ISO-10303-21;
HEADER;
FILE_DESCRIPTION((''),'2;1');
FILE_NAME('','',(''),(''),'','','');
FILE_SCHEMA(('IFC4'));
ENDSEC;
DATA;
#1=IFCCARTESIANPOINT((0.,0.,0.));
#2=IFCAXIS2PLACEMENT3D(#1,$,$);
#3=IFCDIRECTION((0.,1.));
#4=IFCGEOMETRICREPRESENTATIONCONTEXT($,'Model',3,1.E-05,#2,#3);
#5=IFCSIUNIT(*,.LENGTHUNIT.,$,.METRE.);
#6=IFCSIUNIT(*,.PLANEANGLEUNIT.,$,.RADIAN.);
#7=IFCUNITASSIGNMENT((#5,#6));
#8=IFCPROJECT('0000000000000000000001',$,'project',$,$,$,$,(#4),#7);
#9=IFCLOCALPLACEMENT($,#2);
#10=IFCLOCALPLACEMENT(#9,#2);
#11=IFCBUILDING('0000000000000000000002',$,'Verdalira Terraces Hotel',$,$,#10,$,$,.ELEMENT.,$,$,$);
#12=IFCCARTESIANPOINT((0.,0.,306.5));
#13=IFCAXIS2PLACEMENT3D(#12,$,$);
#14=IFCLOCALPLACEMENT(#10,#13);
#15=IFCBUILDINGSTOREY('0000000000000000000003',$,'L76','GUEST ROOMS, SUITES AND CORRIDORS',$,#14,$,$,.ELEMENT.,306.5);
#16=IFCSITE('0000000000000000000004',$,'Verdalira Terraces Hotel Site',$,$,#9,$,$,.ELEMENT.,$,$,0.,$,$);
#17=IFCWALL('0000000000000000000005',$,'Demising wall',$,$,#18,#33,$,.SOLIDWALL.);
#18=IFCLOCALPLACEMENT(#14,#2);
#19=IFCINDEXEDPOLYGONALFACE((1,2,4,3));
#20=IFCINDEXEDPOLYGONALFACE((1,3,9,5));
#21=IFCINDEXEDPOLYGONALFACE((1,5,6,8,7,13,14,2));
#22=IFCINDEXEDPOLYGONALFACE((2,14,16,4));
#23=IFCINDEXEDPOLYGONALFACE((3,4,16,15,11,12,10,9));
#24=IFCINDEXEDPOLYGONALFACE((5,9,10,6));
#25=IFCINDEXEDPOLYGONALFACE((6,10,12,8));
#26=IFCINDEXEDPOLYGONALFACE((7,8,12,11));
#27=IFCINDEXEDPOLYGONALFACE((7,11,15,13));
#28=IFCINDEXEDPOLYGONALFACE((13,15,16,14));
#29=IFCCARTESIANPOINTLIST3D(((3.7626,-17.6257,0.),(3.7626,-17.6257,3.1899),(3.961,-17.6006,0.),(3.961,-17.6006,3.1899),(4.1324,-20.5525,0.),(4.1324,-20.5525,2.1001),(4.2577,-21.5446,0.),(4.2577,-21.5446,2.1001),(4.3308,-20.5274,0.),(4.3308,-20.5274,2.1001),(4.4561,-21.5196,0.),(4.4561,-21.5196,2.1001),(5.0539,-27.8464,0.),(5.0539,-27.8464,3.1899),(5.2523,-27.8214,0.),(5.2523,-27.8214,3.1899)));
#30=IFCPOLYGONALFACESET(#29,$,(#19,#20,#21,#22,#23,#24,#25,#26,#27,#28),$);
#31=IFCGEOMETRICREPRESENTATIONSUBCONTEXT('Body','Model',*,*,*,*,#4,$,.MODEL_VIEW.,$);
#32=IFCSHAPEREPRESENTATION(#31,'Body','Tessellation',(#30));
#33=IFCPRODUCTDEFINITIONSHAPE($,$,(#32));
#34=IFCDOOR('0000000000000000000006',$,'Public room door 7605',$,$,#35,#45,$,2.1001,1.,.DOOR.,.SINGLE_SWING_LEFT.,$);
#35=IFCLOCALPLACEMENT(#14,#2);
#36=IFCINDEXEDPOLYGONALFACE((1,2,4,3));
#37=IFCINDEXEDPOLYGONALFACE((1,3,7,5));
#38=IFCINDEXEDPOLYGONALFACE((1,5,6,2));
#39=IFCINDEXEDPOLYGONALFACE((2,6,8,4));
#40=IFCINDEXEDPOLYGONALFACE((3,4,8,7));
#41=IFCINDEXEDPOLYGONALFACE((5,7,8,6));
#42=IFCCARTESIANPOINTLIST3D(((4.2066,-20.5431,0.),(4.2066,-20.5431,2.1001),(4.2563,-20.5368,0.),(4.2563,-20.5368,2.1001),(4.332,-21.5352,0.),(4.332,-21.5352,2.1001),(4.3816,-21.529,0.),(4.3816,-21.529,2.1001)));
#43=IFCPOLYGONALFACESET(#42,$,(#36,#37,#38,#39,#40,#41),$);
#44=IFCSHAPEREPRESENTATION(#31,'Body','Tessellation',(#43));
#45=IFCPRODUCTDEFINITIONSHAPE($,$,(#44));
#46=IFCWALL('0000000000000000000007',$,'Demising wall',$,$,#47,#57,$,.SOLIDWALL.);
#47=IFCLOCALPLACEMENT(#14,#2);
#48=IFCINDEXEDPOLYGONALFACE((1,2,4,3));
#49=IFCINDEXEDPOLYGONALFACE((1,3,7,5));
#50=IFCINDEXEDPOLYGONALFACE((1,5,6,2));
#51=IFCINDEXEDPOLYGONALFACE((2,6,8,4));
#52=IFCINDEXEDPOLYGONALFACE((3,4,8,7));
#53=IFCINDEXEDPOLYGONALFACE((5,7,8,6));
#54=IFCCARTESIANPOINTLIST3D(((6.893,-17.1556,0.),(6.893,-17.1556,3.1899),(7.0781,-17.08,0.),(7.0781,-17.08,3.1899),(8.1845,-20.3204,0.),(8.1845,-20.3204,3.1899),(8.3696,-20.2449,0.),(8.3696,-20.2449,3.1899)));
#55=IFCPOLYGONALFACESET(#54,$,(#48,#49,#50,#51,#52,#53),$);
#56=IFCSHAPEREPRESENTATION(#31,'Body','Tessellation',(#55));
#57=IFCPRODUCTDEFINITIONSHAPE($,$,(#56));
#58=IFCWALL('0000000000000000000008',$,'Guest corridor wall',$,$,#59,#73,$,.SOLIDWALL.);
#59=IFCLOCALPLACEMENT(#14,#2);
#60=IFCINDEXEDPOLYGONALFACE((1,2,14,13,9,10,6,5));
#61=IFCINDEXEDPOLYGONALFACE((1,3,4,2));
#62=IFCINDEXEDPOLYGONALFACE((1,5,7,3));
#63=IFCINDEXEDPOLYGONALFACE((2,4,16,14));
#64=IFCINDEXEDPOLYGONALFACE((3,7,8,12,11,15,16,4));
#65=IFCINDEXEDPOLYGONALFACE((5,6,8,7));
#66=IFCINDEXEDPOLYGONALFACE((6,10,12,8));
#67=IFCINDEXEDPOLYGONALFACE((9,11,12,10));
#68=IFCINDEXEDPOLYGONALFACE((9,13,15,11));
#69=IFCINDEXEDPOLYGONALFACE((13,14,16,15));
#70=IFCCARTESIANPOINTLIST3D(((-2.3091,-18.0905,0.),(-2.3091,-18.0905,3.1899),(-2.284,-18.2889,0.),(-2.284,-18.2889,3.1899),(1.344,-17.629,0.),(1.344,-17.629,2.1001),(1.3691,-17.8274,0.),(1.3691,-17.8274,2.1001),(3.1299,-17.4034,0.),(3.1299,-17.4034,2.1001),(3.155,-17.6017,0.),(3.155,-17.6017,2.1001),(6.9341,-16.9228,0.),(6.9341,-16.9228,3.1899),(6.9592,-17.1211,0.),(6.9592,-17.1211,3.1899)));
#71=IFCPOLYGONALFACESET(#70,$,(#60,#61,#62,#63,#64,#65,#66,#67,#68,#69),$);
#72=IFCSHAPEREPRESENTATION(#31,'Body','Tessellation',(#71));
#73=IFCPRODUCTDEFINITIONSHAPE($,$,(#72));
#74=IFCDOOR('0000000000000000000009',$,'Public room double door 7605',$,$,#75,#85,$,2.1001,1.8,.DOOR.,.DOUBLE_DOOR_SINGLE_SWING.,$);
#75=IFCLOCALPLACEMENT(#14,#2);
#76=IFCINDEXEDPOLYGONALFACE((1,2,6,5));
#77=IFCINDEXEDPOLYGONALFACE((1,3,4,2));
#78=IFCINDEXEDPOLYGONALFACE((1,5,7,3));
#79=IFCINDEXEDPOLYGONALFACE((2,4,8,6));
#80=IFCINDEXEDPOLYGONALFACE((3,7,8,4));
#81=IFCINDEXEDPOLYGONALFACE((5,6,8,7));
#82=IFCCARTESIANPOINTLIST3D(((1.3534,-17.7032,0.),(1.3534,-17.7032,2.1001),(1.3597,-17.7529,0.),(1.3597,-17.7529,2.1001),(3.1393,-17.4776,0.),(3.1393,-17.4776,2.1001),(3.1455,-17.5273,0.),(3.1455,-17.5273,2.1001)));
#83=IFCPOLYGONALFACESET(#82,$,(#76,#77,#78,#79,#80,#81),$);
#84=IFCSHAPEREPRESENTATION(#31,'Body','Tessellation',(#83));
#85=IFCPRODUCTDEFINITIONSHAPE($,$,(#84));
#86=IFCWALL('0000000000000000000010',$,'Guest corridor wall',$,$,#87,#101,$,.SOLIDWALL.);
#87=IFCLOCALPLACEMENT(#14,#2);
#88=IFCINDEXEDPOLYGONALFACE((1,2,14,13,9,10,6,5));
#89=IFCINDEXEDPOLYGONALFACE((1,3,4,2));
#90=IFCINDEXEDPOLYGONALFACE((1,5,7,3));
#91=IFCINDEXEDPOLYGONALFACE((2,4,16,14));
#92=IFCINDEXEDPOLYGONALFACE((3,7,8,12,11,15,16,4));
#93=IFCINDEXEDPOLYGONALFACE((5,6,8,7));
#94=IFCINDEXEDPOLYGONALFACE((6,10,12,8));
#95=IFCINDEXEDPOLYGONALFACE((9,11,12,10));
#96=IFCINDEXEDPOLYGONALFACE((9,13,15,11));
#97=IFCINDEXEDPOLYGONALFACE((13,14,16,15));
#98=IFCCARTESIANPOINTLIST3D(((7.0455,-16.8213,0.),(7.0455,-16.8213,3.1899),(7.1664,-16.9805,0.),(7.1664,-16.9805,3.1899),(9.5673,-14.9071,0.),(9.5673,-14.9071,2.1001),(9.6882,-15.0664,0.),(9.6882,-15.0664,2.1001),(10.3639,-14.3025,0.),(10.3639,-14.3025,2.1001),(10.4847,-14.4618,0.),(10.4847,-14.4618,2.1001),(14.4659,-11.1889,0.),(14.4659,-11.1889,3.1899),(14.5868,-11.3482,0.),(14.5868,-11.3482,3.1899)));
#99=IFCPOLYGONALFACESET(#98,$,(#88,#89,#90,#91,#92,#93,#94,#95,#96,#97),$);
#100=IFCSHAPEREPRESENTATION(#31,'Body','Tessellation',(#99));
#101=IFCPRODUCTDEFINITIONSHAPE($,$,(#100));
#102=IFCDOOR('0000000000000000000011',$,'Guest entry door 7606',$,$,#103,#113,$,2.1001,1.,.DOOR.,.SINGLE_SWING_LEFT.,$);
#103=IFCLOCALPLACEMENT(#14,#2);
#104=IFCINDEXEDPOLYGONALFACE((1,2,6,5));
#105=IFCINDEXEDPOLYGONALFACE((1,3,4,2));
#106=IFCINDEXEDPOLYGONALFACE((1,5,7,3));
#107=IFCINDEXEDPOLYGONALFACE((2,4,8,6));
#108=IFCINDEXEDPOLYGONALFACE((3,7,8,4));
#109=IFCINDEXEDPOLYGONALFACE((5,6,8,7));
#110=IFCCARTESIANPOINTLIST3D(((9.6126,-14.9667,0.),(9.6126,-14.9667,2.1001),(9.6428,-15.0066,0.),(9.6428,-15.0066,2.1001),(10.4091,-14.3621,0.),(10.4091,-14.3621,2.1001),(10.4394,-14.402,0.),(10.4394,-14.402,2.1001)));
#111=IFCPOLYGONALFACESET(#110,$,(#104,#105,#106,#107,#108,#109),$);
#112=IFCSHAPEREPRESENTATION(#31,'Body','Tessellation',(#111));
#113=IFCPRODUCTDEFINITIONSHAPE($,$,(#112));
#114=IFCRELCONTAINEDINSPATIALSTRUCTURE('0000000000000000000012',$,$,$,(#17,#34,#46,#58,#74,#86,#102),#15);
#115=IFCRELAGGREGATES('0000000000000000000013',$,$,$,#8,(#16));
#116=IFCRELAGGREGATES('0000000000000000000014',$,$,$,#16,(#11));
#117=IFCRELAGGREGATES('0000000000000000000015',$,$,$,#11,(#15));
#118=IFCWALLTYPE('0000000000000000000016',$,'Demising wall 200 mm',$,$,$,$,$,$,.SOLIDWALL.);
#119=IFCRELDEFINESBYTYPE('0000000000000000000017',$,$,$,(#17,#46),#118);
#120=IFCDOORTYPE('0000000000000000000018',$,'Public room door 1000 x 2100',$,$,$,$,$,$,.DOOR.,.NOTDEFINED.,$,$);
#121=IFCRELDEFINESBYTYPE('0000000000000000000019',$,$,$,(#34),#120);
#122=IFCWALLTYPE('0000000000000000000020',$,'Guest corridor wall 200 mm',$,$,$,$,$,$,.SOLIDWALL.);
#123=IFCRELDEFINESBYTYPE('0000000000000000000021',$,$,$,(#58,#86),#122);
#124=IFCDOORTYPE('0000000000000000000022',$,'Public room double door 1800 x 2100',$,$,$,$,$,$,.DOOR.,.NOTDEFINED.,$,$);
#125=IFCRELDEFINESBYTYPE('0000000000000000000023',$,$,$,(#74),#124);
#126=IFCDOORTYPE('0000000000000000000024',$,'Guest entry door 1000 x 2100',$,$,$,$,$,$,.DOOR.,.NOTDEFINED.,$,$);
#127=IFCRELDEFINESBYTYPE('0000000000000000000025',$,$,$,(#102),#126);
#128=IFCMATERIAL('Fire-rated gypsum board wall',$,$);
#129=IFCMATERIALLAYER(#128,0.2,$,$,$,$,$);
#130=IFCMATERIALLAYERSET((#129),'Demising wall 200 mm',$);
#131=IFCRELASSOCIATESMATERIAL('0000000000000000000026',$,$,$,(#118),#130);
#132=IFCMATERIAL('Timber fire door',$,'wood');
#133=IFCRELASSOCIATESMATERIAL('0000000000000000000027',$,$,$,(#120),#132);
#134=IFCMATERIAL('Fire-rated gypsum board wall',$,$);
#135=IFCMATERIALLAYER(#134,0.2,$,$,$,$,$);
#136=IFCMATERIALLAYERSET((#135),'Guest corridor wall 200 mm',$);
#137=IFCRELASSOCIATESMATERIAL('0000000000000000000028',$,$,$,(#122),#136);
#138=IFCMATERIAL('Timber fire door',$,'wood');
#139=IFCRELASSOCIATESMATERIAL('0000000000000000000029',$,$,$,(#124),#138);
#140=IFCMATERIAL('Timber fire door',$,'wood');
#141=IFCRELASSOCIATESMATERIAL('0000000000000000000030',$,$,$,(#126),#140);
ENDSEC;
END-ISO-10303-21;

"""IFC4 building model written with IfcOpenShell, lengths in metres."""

from ifc_helpers import new_model, si_unit, direction, frame, frame_2d, origin, place, context, subcontext, project, spatial, rectangle, extrude, material, layer, layer_set, type_object, element, fill, save


model = new_model("IFC4")

# Units and contexts
model_context = context("Model", 3, precision=1e-05, world=origin(), true_north=direction((0.0, 1.0)))
body_context = subcontext(model_context, "Body", "Model", "MODEL_VIEW")
ifc_project = project(units=[si_unit("LENGTHUNIT", "METRE"), si_unit("PLANEANGLEUNIT", "RADIAN")], contexts=[model_context])

# Site, building, storey
site_placement = place(None, origin())
site = spatial("IfcSite", under=ifc_project, at=site_placement, Name="Verdalira Terraces Hotel Site", CompositionType="ELEMENT", RefElevation=0.0)
building_placement = place(site_placement, origin())
building = spatial("IfcBuilding", under=site, at=building_placement, Name="Verdalira Terraces Hotel", CompositionType="ELEMENT")
storey_placement = place(building_placement, frame((0.0, 0.0, 306.5)))
storey = spatial("IfcBuildingStorey", under=building, at=storey_placement, Name="L76", Description="GUEST ROOMS, SUITES AND CORRIDORS", CompositionType="ELEMENT", Elevation=306.5)

# Wall, opening, door
ifc_material_1 = material(Name="Fire-rated gypsum board wall")
ifc_layer_1 = layer(ifc_material_1, 0.2)
ifc_layer_set_1 = layer_set([ifc_layer_1], Name="Demising wall 200 mm")
wall_type_1 = type_object("IfcWallType", Name="Demising wall 200 mm", PredefinedType="SOLIDWALL", material=ifc_layer_set_1)
wall_1_placement = place(storey_placement, frame((3.8618, -17.6133, 0.0), z_axis=(0.0, 0.0, 1.0), x_axis=(0.125341, -0.992114, 0.0)))
wall_1 = element("IfcWall", 1, at=wall_1_placement, inside=storey, type_object=wall_type_1, Name="Demising wall", PredefinedType="SOLIDWALL", context=body_context, shape_type="SweptSolid", body=[
    extrude(rectangle(XDim=10.302, YDim=0.2, at=frame_2d((5.1509, 0.0))), origin(), (0.0, 0.0, 1.0), 3.1899),
])
opening_1_placement = place(wall_1_placement, frame((2.95, 0.0, 0.0)))
opening_1 = element("IfcOpeningElement", 2, at=opening_1_placement, cuts=wall_1, PredefinedType="OPENING", context=body_context, shape_type="SweptSolid", body=[
    extrude(rectangle(XDim=1.0, YDim=2.1001, at=frame_2d((0.5, 1.05))), frame((0.0, 0.1099, 0.0), z_axis=(0.0, -1.0, 0.0), x_axis=(1.0, 0.0, 0.0)), (0.0, 0.0, 1.0), 0.22),
])
ifc_material_2 = material(Name="Timber fire door", Category="wood")
door_type_1 = type_object("IfcDoorType", Name="Public room door 1000 x 2100", OperationType="NOTDEFINED", PredefinedType="DOOR", material=ifc_material_2)
door_1_placement = place(opening_1_placement, origin())
door_1 = element("IfcDoor", 3, at=door_1_placement, inside=storey, type_object=door_type_1, Name="Public room door 7605", OperationType="SINGLE_SWING_LEFT", OverallHeight=2.1001, OverallWidth=1.0, PredefinedType="DOOR", context=body_context, shape_type="SweptSolid", body=[
    extrude(rectangle(XDim=1.0, YDim=2.1001, at=frame_2d((0.5, 1.05))), frame((0.0, 0.0249, 0.0), z_axis=(0.0, -1.0, 0.0), x_axis=(1.0, 0.0, 0.0)), (0.0, 0.0, 1.0), 0.05),
])
fill(opening_1, door_1)

# Wall
wall_2_placement = place(storey_placement, frame((6.9856, -17.1179, 0.0), z_axis=(0.0, 0.0, 1.0), x_axis=(0.377835, -0.925873, 0.0)))
element("IfcWall", 4, at=wall_2_placement, inside=storey, type_object=wall_type_1, Name="Demising wall", PredefinedType="SOLIDWALL", context=body_context, shape_type="SweptSolid", body=[
    extrude(rectangle(XDim=3.4182, YDim=0.2, at=frame_2d((1.709, 0.0))), origin(), (0.0, 0.0, 1.0), 3.1899),
])

# Walls, openings, doors
ifc_material_3 = material(Name="Fire-rated gypsum board wall")
ifc_layer_2 = layer(ifc_material_3, 0.2)
ifc_layer_set_2 = layer_set([ifc_layer_2], Name="Guest corridor wall 200 mm")
wall_type_2 = type_object("IfcWallType", Name="Guest corridor wall 200 mm", PredefinedType="SOLIDWALL", material=ifc_layer_set_2)
wall_3_placement = place(storey_placement, frame((6.9465, -17.022, 0.0), z_axis=(0.0, 0.0, 1.0), x_axis=(-0.992114, -0.125338, 0.0)))
wall_3 = element("IfcWall", 5, at=wall_3_placement, inside=storey, type_object=wall_type_2, Name="Guest corridor wall", PredefinedType="SOLIDWALL", context=body_context, shape_type="SweptSolid", body=[
    extrude(rectangle(XDim=9.3166, YDim=0.2, at=frame_2d((4.6582, 0.0))), origin(), (0.0, 0.0, 1.0), 3.1899),
])
opening_2_placement = place(wall_3_placement, frame((3.8345, 0.0, 0.0)))
opening_2 = element("IfcOpeningElement", 6, at=opening_2_placement, cuts=wall_3, PredefinedType="OPENING", context=body_context, shape_type="SweptSolid", body=[
    extrude(rectangle(XDim=1.8, YDim=2.1001, at=frame_2d((0.8999, 1.05))), frame((0.0, 0.1099, 0.0), z_axis=(0.0, -1.0, 0.0), x_axis=(1.0, 0.0, 0.0)), (0.0, 0.0, 1.0), 0.22),
])
ifc_material_4 = material(Name="Timber fire door", Category="wood")
door_type_2 = type_object("IfcDoorType", Name="Public room double door 1800 x 2100", OperationType="NOTDEFINED", PredefinedType="DOOR", material=ifc_material_4)
door_2_placement = place(opening_2_placement, origin())
door_2 = element("IfcDoor", 7, at=door_2_placement, inside=storey, type_object=door_type_2, Name="Public room double door 7605", OperationType="DOUBLE_DOOR_SINGLE_SWING", OverallHeight=2.1001, OverallWidth=1.8, PredefinedType="DOOR", context=body_context, shape_type="SweptSolid", body=[
    extrude(rectangle(XDim=1.8, YDim=2.1001, at=frame_2d((0.8999, 1.05))), frame((0.0, 0.0249, 0.0), z_axis=(0.0, -1.0, 0.0), x_axis=(1.0, 0.0, 0.0)), (0.0, 0.0, 1.0), 0.05),
])
fill(opening_2, door_2)
wall_4_placement = place(storey_placement, frame((14.5264, -11.2686, 0.0), z_axis=(0.0, 0.0, 1.0), x_axis=(-0.796534, -0.604594, 0.0)))
wall_4 = element("IfcWall", 8, at=wall_4_placement, inside=storey, type_object=wall_type_2, Name="Guest corridor wall", PredefinedType="SOLIDWALL", context=body_context, shape_type="SweptSolid", body=[
    extrude(rectangle(XDim=9.3159, YDim=0.2, at=frame_2d((4.658, 0.0))), origin(), (0.0, 0.0, 1.0), 3.1899),
])
opening_3_placement = place(wall_4_placement, frame((5.1499, 0.0, 0.0)))
opening_3 = element("IfcOpeningElement", 9, at=opening_3_placement, cuts=wall_4, PredefinedType="OPENING", context=body_context, shape_type="SweptSolid", body=[
    extrude(rectangle(XDim=1.0, YDim=2.1001, at=frame_2d((0.5, 1.05))), frame((0.0, 0.1099, 0.0), z_axis=(0.0, -1.0, 0.0), x_axis=(1.0, 0.0, 0.0)), (0.0, 0.0, 1.0), 0.22),
])
ifc_material_5 = material(Name="Timber fire door", Category="wood")
door_type_3 = type_object("IfcDoorType", Name="Guest entry door 1000 x 2100", OperationType="NOTDEFINED", PredefinedType="DOOR", material=ifc_material_5)
door_3_placement = place(opening_3_placement, origin())
door_3 = element("IfcDoor", 10, at=door_3_placement, inside=storey, type_object=door_type_3, Name="Guest entry door 7606", OperationType="SINGLE_SWING_LEFT", OverallHeight=2.1001, OverallWidth=1.0, PredefinedType="DOOR", context=body_context, shape_type="SweptSolid", body=[
    extrude(rectangle(XDim=1.0, YDim=2.1001, at=frame_2d((0.5, 1.05))), frame((0.0, 0.0249, 0.0), z_axis=(0.0, -1.0, 0.0), x_axis=(1.0, 0.0, 0.0)), (0.0, 0.0, 1.0), 0.05),
])
fill(opening_3, door_3)

save(model, "model.ifc")
